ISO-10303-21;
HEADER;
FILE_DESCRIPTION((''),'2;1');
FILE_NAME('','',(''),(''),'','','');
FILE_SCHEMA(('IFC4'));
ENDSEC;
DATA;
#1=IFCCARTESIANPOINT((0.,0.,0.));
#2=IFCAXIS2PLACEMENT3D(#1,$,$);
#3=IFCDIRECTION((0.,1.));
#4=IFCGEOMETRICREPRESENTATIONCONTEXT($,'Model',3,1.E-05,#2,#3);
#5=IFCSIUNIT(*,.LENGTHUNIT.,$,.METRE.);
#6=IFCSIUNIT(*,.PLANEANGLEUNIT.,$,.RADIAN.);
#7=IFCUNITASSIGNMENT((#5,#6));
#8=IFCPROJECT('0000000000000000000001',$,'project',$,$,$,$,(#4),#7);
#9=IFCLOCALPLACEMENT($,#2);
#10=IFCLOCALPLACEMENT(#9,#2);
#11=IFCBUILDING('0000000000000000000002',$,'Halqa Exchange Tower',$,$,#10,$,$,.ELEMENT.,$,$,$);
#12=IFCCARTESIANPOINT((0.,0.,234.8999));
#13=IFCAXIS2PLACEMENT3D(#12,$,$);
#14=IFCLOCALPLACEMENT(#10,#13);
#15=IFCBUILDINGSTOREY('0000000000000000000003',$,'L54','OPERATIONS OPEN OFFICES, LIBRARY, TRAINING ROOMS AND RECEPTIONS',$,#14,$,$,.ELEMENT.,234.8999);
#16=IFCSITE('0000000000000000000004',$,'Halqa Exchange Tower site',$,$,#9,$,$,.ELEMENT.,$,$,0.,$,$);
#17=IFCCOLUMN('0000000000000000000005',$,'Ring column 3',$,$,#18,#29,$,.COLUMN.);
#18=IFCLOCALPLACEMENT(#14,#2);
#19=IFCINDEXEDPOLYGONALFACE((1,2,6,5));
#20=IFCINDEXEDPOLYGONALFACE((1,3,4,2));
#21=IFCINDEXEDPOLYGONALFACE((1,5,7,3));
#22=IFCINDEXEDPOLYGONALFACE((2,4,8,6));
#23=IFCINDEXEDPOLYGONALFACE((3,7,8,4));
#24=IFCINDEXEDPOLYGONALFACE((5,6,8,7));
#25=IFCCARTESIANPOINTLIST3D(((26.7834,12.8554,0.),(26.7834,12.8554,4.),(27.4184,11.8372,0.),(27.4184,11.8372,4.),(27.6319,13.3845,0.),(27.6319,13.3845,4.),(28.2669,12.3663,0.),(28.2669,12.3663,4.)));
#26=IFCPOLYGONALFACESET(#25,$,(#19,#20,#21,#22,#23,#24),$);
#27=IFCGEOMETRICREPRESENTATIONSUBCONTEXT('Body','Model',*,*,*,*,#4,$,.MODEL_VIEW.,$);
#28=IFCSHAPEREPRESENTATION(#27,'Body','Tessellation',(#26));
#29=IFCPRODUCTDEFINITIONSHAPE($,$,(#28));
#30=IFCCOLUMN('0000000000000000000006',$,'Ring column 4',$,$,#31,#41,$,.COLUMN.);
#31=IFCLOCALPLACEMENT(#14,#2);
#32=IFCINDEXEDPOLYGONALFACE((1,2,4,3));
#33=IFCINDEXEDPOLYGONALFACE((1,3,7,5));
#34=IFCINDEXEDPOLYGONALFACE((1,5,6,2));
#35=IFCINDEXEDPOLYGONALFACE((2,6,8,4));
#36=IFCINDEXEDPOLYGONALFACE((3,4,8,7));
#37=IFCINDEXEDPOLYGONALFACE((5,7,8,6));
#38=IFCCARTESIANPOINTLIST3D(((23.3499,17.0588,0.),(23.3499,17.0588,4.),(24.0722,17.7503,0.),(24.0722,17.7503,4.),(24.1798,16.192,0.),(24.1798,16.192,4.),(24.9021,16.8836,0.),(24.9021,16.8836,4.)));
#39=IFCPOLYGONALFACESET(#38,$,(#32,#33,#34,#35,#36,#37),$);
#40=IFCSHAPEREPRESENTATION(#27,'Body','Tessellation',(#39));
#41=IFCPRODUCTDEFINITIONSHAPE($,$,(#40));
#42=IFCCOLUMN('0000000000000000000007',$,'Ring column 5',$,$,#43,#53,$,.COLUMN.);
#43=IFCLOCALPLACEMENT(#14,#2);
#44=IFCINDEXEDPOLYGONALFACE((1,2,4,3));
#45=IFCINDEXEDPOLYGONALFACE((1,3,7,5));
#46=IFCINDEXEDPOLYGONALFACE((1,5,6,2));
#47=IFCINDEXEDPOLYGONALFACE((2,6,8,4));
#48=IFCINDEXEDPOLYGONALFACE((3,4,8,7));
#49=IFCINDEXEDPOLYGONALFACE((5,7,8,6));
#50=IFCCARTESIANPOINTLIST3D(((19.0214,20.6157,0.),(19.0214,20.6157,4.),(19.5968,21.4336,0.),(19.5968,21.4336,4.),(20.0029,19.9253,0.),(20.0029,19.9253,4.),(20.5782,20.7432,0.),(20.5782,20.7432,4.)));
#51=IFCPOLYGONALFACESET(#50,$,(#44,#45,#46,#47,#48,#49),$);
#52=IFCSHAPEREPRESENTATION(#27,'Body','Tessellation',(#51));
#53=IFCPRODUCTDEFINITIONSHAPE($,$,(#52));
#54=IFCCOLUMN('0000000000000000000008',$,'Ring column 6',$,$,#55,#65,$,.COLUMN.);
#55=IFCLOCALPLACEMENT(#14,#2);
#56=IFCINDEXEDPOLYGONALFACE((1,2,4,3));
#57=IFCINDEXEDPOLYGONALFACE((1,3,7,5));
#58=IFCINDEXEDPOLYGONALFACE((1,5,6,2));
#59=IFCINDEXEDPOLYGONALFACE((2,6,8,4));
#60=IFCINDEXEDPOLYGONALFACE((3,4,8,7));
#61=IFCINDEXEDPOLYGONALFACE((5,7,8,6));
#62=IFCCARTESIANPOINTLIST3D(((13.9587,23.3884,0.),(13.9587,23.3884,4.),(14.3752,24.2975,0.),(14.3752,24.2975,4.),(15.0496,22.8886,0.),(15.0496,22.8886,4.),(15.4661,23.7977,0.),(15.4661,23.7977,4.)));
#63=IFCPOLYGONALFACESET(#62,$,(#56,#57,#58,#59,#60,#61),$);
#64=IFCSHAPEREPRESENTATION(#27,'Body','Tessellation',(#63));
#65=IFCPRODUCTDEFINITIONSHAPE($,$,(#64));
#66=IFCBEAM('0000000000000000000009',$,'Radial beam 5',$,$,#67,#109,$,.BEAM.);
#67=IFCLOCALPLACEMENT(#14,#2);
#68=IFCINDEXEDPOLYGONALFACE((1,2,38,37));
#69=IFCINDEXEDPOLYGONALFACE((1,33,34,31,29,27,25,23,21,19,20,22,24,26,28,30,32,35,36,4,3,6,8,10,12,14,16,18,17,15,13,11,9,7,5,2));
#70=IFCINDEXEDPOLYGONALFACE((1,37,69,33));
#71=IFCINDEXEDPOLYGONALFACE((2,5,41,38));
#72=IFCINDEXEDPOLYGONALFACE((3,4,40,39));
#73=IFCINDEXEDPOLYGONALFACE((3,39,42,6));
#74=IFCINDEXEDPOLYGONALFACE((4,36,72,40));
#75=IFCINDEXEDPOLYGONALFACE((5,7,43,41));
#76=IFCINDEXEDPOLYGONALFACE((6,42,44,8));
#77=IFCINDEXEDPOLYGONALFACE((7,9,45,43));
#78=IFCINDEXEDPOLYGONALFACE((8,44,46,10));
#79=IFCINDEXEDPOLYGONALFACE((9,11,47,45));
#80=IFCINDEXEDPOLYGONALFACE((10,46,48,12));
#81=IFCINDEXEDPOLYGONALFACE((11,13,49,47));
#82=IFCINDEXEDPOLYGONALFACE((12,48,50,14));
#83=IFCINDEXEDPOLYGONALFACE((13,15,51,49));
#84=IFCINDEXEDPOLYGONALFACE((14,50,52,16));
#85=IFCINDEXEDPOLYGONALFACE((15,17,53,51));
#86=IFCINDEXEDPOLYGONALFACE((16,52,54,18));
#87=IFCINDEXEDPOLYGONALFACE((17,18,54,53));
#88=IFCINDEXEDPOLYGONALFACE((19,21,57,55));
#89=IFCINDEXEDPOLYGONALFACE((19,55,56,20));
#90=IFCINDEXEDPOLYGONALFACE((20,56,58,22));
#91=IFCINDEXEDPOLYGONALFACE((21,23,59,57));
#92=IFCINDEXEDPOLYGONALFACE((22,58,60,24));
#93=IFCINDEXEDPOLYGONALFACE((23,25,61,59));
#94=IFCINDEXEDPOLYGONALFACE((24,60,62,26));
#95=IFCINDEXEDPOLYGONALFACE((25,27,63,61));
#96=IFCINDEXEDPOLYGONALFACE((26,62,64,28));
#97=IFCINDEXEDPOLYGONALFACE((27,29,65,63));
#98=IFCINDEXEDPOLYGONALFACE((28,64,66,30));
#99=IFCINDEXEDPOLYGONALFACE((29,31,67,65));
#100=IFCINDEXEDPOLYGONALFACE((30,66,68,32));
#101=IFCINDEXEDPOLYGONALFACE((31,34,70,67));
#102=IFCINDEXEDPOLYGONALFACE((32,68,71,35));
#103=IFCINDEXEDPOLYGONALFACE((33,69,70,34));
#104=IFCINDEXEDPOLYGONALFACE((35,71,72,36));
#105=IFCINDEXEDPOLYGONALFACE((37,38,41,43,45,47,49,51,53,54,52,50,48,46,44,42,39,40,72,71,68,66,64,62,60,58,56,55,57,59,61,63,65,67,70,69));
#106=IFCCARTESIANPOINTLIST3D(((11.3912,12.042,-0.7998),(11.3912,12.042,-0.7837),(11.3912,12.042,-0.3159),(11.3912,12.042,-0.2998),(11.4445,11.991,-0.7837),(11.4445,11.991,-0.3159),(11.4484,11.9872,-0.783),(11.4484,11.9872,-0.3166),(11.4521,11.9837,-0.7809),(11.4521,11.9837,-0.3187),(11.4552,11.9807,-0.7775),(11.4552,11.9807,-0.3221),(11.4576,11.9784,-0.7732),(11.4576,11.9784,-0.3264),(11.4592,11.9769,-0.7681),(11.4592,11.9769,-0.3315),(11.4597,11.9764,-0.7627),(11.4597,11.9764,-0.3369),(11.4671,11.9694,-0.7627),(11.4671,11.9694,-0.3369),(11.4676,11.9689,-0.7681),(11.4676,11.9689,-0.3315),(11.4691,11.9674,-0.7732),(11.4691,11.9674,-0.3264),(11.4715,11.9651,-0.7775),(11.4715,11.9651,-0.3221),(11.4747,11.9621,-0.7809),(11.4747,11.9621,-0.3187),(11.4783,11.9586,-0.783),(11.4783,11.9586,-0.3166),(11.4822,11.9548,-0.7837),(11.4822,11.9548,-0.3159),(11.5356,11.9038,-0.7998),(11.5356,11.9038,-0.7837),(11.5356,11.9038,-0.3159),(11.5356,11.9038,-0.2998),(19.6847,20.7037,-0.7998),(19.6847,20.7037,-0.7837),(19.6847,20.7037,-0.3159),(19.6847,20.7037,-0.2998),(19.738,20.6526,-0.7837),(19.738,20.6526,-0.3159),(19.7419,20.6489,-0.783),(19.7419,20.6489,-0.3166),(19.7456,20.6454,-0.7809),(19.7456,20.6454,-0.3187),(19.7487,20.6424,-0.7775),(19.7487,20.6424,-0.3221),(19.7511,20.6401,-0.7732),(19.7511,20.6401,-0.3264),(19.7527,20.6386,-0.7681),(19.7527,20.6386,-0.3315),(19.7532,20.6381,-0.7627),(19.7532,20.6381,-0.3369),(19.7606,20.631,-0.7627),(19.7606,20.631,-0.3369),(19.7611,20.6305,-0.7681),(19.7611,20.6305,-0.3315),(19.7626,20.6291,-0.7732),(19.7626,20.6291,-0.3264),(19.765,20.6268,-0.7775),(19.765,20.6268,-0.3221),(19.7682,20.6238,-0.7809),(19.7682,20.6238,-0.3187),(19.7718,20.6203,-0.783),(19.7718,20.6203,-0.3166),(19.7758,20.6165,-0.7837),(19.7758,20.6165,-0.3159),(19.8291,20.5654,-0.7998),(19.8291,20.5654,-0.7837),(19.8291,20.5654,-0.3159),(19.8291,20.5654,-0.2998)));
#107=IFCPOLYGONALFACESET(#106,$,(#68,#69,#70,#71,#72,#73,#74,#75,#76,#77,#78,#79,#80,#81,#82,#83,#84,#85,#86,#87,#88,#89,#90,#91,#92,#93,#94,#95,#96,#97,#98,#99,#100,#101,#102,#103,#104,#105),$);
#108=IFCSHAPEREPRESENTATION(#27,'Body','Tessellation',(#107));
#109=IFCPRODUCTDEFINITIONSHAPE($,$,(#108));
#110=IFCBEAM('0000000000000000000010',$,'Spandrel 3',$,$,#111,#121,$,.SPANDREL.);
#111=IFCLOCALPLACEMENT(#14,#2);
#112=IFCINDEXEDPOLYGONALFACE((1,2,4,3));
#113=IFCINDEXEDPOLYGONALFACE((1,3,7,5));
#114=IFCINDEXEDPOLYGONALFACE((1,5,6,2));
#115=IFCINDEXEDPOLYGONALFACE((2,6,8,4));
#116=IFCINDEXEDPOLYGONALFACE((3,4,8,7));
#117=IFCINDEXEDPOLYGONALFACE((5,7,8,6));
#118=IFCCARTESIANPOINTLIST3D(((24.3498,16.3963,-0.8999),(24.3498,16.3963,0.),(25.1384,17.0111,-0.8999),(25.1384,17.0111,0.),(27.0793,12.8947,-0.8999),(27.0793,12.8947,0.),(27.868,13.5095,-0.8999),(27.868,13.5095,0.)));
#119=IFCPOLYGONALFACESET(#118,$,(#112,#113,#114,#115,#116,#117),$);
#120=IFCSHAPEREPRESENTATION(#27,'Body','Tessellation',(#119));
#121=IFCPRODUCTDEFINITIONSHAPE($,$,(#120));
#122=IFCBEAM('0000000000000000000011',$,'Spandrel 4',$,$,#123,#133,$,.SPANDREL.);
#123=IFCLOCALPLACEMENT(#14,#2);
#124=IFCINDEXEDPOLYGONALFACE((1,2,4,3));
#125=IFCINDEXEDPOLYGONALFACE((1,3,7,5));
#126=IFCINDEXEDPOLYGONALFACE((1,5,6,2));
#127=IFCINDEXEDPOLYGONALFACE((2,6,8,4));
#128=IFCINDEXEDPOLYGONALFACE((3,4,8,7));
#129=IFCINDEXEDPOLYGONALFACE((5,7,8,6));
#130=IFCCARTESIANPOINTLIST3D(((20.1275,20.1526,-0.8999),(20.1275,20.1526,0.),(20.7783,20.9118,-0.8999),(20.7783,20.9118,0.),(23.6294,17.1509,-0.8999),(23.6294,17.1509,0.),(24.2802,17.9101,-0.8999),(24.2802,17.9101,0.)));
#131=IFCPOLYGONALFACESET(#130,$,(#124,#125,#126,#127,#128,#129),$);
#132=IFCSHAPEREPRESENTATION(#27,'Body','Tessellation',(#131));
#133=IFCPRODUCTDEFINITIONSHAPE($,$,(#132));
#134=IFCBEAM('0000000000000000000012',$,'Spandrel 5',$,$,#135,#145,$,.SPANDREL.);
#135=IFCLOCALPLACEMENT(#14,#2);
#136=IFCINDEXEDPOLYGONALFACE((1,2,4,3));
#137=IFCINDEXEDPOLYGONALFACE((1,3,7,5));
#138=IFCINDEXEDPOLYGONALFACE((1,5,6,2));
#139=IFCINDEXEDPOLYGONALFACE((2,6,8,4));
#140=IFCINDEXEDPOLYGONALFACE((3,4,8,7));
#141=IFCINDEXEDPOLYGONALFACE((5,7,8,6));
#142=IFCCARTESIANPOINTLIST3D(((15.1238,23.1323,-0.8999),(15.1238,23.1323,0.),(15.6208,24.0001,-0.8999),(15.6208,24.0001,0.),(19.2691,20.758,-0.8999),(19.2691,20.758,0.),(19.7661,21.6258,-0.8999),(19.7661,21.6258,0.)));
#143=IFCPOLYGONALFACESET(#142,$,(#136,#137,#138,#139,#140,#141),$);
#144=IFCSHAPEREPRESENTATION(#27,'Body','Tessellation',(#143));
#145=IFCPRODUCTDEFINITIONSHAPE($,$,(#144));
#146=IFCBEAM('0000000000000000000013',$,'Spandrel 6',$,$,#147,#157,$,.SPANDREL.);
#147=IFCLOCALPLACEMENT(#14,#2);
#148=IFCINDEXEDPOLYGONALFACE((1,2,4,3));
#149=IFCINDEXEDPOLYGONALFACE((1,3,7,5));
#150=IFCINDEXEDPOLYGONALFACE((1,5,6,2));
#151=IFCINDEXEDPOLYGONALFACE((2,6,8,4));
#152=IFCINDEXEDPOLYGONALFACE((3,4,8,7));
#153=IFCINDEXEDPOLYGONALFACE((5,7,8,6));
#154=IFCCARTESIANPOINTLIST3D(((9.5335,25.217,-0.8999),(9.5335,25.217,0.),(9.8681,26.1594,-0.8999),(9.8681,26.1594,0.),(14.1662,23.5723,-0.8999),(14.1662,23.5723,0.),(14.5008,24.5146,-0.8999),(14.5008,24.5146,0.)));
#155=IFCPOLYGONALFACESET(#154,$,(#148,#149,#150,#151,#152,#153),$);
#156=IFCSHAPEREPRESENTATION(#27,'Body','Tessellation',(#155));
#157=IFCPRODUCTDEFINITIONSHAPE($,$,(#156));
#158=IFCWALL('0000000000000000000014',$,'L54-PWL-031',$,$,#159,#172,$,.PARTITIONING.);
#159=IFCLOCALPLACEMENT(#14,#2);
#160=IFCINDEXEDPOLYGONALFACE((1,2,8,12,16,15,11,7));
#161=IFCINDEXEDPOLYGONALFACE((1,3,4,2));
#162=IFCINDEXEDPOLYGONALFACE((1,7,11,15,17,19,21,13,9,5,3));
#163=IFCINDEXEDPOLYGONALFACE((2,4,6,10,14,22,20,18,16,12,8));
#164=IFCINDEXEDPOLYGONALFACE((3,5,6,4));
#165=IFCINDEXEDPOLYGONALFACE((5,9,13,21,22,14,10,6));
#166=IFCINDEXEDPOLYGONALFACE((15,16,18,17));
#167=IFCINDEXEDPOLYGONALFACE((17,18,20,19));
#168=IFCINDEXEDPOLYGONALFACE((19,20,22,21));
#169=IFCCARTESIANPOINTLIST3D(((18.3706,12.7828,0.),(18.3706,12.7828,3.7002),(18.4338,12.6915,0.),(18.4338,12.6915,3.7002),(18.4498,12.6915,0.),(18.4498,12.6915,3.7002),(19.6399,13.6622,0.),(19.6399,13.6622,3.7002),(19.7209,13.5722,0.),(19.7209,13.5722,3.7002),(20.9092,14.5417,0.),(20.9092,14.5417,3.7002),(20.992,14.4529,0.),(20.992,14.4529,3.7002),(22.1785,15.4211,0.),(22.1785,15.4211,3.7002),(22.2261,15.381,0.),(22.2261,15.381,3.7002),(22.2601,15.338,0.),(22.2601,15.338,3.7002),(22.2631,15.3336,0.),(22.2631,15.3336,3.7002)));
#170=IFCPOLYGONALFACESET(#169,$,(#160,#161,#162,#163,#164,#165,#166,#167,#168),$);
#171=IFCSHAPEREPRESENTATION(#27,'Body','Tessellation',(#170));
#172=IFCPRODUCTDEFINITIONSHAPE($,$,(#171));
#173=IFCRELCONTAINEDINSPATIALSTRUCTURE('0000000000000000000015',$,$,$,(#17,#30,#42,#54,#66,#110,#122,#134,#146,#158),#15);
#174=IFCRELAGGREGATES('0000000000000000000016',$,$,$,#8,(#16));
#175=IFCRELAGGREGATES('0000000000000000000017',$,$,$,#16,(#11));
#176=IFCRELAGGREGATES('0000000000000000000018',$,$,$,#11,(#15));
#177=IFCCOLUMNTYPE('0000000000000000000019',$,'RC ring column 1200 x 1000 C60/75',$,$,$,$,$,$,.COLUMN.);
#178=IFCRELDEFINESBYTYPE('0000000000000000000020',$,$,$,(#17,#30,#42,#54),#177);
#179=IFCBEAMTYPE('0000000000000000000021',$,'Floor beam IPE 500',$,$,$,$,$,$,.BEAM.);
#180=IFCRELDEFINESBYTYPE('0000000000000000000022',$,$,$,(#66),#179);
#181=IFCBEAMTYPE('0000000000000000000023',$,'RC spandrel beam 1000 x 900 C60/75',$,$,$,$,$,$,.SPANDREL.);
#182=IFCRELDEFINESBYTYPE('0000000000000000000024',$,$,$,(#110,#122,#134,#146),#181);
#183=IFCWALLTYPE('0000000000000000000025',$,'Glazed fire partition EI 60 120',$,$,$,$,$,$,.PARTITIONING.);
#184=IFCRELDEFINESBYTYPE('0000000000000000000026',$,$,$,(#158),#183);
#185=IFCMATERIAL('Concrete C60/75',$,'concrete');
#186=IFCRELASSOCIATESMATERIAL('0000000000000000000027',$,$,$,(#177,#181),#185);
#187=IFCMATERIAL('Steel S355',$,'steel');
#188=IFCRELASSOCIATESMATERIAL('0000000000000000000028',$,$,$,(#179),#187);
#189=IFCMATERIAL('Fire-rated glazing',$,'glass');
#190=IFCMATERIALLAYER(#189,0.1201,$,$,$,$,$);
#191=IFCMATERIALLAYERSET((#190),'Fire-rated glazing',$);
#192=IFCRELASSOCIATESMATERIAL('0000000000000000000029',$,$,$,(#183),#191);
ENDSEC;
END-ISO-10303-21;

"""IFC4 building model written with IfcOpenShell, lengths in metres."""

from ifc_helpers import new_model, si_unit, direction, frame, origin, origin_2d, place, context, subcontext, project, spatial, polyline, rectangle, i_section, outline, extrude, material, layer, layer_set, material_profile, profile_set, type_object, element, save


model = new_model("IFC4")

# Units and contexts
model_context = context("Model", 3, precision=1e-05, world=origin(), true_north=direction((0.0, 1.0)))
body_context = subcontext(model_context, "Body", "Model", "MODEL_VIEW")
ifc_project = project(units=[si_unit("LENGTHUNIT", "METRE"), si_unit("PLANEANGLEUNIT", "RADIAN")], contexts=[model_context])

# Site, building, storey
site_placement = place(None, origin())
site = spatial("IfcSite", under=ifc_project, at=site_placement, Name="Halqa Exchange Tower site", CompositionType="ELEMENT", RefElevation=0.0)
building_placement = place(site_placement, origin())
building = spatial("IfcBuilding", under=site, at=building_placement, Name="Halqa Exchange Tower", CompositionType="ELEMENT")
storey_placement = place(building_placement, frame((0.0, 0.0, 234.8999)))
storey = spatial("IfcBuildingStorey", under=building, at=storey_placement, Name="L54", Description="OPERATIONS OPEN OFFICES, LIBRARY, TRAINING ROOMS AND RECEPTIONS", CompositionType="ELEMENT", Elevation=234.8999)

# Columns
ifc_material_1 = material(Name="Concrete C60/75", Category="concrete")
ifc_material_profile_1 = material_profile(ifc_material_1, rectangle(XDim=1.2, YDim=1.0, at=origin_2d()), Name="1200 x 1000")
ifc_profile_set_1 = profile_set([ifc_material_profile_1], Name="Concrete C60/75")
column_type = type_object("IfcColumnType", Name="RC ring column 1200 x 1000 C60/75", PredefinedType="COLUMN", material=ifc_profile_set_1)
for number, where, z_axis, x_axis, name in (
    (1, (27.5251, 12.6108, 0.0), (0.0, 0.0, 1.0), (-0.529148, 0.84853, 0.0), "Ring column 3"),
    (2, (24.126, 16.9712, 0.0), (0.0, 0.0, 1.0), (-0.691579, 0.722301, 0.0), "Ring column 4"),
    (3, (19.7998, 20.6794, 0.0), (0.0, 0.0, 1.0), (-0.817905, 0.575354, 0.0), "Ring column 5"),
    (4, (14.7124, 23.593, 0.0), (0.0, 0.0, 1.0), (-0.909126, 0.416522, 0.0), "Ring column 6"),
):
    element("IfcColumn", number, at=place(storey_placement, frame(where, z_axis=z_axis, x_axis=x_axis)), inside=storey, type_object=column_type, Name=name, PredefinedType="COLUMN", context=body_context, shape_type="SweptSolid", body=[
        extrude(rectangle(XDim=1.2, YDim=1.0, at=origin_2d()), origin(), (0.0, 0.0, 1.0), 4.0),
    ])

# Beams
ifc_material_2 = material(Name="Steel S355", Category="steel")
ifc_material_profile_2 = material_profile(ifc_material_2, i_section(OverallWidth=0.2, OverallDepth=0.5, WebThickness=0.0103, FlangeThickness=0.0161, FilletRadius=0.021, at=origin_2d()), Name="IPE 500")
ifc_profile_set_2 = profile_set([ifc_material_profile_2], Name="Steel S355")
beam_type_1 = type_object("IfcBeamType", Name="Floor beam IPE 500", PredefinedType="BEAM", material=ifc_profile_set_2)
beam_1_placement = place(storey_placement, frame((11.4634, 11.9729, -0.5498), z_axis=(0.69159, 0.722291, 0.0), x_axis=(-0.722291, 0.69159, 0.0)))
element("IfcBeam", 5, at=beam_1_placement, inside=storey, type_object=beam_type_1, Name="Radial beam 5", PredefinedType="BEAM", context=body_context, shape_type="SweptSolid", body=[
    extrude(i_section(OverallWidth=0.2, OverallDepth=0.5, WebThickness=0.0103, FlangeThickness=0.0161, FilletRadius=0.021, at=origin_2d()), origin(), (0.0, 0.0, 1.0), 11.9919),
])
ifc_material_profile_3 = material_profile(ifc_material_1, rectangle(XDim=1.0, YDim=0.8999, at=origin_2d()), Name="1000 x 900")
ifc_profile_set_3 = profile_set([ifc_material_profile_3], Name="Concrete C60/75")
beam_type_2 = type_object("IfcBeamType", Name="RC spandrel beam 1000 x 900 C60/75", PredefinedType="SPANDREL", material=ifc_profile_set_3)
beam_2_placement = place(storey_placement, frame((27.4736, 13.2021, -0.45), z_axis=(-0.614801, 0.788683, 0.0), x_axis=(-0.788683, -0.614801, 0.0)))
element("IfcBeam", 6, at=beam_2_placement, inside=storey, type_object=beam_type_2, Name="Spandrel 3", PredefinedType="SPANDREL", context=body_context, shape_type="SweptSolid", body=[
    extrude(rectangle(XDim=1.0, YDim=0.8999, at=origin_2d()), origin(), (0.0, 0.0, 1.0), 4.4397),
])
beam_3_placement = place(storey_placement, frame((23.9548, 17.5305, -0.45), z_axis=(-0.759253, 0.650796, 0.0), x_axis=(-0.650796, -0.759253, 0.0)))
element("IfcBeam", 7, at=beam_3_placement, inside=storey, type_object=beam_type_2, Name="Spandrel 4", PredefinedType="SPANDREL", context=body_context, shape_type="SweptSolid", body=[
    extrude(rectangle(XDim=1.0, YDim=0.8999, at=origin_2d()), origin(), (0.0, 0.0, 1.0), 4.6123),
])
beam_4_placement = place(storey_placement, frame((19.5176, 21.1919, -0.45), z_axis=(-0.867743, 0.497014, 0.0), x_axis=(-0.497014, -0.867743, 0.0)))
element("IfcBeam", 8, at=beam_4_placement, inside=storey, type_object=beam_type_2, Name="Spandrel 5", PredefinedType="SPANDREL", context=body_context, shape_type="SweptSolid", body=[
    extrude(rectangle(XDim=1.0, YDim=0.8999, at=origin_2d()), origin(), (0.0, 0.0, 1.0), 4.7771),
])
beam_5_placement = place(storey_placement, frame((14.3335, 24.0435, -0.45), z_axis=(-0.942372, 0.334568, 0.0), x_axis=(-0.334568, -0.942372, 0.0)))
element("IfcBeam", 9, at=beam_5_placement, inside=storey, type_object=beam_type_2, Name="Spandrel 6", PredefinedType="SPANDREL", context=body_context, shape_type="SweptSolid", body=[
    extrude(rectangle(XDim=1.0, YDim=0.8999, at=origin_2d()), origin(), (0.0, 0.0, 1.0), 4.916),
])

# Wall
ifc_material_3 = material(Name="Fire-rated glazing", Category="glass")
ifc_layer_1 = layer(ifc_material_3, 0.1201)
ifc_layer_set_1 = layer_set([ifc_layer_1], Name="Fire-rated glazing")
wall_type_1 = type_object("IfcWallType", Name="Glazed fire partition EI 60 120", PredefinedType="PARTITIONING", material=ifc_layer_set_1)
wall_1_placement = place(storey_placement, frame((18.4048, 12.7334, 0.0), z_axis=(0.0, 0.0, 1.0), x_axis=(0.821979, 0.569518, 0.0)))
element("IfcWall", 10, at=wall_1_placement, inside=storey, type_object=wall_type_1, Name="L54-PWL-031", PredefinedType="PARTITIONING", context=body_context, shape_type="SweptSolid", body=[
    extrude(outline(polyline([(4.6523, -0.0601), (4.6523, -0.0547), (4.6489, 0.0), (4.6326, 0.0601), (3.0884, 0.0601), (1.5442, 0.0601), (0.0, 0.0601), (0.0, -0.051), (0.0132, -0.0601), (1.5596, -0.0601), (3.106, -0.0601), (4.6523, -0.0601)])), origin(), (0.0, 0.0, 1.0), 3.7002),
])

save(model, "model.ifc")
